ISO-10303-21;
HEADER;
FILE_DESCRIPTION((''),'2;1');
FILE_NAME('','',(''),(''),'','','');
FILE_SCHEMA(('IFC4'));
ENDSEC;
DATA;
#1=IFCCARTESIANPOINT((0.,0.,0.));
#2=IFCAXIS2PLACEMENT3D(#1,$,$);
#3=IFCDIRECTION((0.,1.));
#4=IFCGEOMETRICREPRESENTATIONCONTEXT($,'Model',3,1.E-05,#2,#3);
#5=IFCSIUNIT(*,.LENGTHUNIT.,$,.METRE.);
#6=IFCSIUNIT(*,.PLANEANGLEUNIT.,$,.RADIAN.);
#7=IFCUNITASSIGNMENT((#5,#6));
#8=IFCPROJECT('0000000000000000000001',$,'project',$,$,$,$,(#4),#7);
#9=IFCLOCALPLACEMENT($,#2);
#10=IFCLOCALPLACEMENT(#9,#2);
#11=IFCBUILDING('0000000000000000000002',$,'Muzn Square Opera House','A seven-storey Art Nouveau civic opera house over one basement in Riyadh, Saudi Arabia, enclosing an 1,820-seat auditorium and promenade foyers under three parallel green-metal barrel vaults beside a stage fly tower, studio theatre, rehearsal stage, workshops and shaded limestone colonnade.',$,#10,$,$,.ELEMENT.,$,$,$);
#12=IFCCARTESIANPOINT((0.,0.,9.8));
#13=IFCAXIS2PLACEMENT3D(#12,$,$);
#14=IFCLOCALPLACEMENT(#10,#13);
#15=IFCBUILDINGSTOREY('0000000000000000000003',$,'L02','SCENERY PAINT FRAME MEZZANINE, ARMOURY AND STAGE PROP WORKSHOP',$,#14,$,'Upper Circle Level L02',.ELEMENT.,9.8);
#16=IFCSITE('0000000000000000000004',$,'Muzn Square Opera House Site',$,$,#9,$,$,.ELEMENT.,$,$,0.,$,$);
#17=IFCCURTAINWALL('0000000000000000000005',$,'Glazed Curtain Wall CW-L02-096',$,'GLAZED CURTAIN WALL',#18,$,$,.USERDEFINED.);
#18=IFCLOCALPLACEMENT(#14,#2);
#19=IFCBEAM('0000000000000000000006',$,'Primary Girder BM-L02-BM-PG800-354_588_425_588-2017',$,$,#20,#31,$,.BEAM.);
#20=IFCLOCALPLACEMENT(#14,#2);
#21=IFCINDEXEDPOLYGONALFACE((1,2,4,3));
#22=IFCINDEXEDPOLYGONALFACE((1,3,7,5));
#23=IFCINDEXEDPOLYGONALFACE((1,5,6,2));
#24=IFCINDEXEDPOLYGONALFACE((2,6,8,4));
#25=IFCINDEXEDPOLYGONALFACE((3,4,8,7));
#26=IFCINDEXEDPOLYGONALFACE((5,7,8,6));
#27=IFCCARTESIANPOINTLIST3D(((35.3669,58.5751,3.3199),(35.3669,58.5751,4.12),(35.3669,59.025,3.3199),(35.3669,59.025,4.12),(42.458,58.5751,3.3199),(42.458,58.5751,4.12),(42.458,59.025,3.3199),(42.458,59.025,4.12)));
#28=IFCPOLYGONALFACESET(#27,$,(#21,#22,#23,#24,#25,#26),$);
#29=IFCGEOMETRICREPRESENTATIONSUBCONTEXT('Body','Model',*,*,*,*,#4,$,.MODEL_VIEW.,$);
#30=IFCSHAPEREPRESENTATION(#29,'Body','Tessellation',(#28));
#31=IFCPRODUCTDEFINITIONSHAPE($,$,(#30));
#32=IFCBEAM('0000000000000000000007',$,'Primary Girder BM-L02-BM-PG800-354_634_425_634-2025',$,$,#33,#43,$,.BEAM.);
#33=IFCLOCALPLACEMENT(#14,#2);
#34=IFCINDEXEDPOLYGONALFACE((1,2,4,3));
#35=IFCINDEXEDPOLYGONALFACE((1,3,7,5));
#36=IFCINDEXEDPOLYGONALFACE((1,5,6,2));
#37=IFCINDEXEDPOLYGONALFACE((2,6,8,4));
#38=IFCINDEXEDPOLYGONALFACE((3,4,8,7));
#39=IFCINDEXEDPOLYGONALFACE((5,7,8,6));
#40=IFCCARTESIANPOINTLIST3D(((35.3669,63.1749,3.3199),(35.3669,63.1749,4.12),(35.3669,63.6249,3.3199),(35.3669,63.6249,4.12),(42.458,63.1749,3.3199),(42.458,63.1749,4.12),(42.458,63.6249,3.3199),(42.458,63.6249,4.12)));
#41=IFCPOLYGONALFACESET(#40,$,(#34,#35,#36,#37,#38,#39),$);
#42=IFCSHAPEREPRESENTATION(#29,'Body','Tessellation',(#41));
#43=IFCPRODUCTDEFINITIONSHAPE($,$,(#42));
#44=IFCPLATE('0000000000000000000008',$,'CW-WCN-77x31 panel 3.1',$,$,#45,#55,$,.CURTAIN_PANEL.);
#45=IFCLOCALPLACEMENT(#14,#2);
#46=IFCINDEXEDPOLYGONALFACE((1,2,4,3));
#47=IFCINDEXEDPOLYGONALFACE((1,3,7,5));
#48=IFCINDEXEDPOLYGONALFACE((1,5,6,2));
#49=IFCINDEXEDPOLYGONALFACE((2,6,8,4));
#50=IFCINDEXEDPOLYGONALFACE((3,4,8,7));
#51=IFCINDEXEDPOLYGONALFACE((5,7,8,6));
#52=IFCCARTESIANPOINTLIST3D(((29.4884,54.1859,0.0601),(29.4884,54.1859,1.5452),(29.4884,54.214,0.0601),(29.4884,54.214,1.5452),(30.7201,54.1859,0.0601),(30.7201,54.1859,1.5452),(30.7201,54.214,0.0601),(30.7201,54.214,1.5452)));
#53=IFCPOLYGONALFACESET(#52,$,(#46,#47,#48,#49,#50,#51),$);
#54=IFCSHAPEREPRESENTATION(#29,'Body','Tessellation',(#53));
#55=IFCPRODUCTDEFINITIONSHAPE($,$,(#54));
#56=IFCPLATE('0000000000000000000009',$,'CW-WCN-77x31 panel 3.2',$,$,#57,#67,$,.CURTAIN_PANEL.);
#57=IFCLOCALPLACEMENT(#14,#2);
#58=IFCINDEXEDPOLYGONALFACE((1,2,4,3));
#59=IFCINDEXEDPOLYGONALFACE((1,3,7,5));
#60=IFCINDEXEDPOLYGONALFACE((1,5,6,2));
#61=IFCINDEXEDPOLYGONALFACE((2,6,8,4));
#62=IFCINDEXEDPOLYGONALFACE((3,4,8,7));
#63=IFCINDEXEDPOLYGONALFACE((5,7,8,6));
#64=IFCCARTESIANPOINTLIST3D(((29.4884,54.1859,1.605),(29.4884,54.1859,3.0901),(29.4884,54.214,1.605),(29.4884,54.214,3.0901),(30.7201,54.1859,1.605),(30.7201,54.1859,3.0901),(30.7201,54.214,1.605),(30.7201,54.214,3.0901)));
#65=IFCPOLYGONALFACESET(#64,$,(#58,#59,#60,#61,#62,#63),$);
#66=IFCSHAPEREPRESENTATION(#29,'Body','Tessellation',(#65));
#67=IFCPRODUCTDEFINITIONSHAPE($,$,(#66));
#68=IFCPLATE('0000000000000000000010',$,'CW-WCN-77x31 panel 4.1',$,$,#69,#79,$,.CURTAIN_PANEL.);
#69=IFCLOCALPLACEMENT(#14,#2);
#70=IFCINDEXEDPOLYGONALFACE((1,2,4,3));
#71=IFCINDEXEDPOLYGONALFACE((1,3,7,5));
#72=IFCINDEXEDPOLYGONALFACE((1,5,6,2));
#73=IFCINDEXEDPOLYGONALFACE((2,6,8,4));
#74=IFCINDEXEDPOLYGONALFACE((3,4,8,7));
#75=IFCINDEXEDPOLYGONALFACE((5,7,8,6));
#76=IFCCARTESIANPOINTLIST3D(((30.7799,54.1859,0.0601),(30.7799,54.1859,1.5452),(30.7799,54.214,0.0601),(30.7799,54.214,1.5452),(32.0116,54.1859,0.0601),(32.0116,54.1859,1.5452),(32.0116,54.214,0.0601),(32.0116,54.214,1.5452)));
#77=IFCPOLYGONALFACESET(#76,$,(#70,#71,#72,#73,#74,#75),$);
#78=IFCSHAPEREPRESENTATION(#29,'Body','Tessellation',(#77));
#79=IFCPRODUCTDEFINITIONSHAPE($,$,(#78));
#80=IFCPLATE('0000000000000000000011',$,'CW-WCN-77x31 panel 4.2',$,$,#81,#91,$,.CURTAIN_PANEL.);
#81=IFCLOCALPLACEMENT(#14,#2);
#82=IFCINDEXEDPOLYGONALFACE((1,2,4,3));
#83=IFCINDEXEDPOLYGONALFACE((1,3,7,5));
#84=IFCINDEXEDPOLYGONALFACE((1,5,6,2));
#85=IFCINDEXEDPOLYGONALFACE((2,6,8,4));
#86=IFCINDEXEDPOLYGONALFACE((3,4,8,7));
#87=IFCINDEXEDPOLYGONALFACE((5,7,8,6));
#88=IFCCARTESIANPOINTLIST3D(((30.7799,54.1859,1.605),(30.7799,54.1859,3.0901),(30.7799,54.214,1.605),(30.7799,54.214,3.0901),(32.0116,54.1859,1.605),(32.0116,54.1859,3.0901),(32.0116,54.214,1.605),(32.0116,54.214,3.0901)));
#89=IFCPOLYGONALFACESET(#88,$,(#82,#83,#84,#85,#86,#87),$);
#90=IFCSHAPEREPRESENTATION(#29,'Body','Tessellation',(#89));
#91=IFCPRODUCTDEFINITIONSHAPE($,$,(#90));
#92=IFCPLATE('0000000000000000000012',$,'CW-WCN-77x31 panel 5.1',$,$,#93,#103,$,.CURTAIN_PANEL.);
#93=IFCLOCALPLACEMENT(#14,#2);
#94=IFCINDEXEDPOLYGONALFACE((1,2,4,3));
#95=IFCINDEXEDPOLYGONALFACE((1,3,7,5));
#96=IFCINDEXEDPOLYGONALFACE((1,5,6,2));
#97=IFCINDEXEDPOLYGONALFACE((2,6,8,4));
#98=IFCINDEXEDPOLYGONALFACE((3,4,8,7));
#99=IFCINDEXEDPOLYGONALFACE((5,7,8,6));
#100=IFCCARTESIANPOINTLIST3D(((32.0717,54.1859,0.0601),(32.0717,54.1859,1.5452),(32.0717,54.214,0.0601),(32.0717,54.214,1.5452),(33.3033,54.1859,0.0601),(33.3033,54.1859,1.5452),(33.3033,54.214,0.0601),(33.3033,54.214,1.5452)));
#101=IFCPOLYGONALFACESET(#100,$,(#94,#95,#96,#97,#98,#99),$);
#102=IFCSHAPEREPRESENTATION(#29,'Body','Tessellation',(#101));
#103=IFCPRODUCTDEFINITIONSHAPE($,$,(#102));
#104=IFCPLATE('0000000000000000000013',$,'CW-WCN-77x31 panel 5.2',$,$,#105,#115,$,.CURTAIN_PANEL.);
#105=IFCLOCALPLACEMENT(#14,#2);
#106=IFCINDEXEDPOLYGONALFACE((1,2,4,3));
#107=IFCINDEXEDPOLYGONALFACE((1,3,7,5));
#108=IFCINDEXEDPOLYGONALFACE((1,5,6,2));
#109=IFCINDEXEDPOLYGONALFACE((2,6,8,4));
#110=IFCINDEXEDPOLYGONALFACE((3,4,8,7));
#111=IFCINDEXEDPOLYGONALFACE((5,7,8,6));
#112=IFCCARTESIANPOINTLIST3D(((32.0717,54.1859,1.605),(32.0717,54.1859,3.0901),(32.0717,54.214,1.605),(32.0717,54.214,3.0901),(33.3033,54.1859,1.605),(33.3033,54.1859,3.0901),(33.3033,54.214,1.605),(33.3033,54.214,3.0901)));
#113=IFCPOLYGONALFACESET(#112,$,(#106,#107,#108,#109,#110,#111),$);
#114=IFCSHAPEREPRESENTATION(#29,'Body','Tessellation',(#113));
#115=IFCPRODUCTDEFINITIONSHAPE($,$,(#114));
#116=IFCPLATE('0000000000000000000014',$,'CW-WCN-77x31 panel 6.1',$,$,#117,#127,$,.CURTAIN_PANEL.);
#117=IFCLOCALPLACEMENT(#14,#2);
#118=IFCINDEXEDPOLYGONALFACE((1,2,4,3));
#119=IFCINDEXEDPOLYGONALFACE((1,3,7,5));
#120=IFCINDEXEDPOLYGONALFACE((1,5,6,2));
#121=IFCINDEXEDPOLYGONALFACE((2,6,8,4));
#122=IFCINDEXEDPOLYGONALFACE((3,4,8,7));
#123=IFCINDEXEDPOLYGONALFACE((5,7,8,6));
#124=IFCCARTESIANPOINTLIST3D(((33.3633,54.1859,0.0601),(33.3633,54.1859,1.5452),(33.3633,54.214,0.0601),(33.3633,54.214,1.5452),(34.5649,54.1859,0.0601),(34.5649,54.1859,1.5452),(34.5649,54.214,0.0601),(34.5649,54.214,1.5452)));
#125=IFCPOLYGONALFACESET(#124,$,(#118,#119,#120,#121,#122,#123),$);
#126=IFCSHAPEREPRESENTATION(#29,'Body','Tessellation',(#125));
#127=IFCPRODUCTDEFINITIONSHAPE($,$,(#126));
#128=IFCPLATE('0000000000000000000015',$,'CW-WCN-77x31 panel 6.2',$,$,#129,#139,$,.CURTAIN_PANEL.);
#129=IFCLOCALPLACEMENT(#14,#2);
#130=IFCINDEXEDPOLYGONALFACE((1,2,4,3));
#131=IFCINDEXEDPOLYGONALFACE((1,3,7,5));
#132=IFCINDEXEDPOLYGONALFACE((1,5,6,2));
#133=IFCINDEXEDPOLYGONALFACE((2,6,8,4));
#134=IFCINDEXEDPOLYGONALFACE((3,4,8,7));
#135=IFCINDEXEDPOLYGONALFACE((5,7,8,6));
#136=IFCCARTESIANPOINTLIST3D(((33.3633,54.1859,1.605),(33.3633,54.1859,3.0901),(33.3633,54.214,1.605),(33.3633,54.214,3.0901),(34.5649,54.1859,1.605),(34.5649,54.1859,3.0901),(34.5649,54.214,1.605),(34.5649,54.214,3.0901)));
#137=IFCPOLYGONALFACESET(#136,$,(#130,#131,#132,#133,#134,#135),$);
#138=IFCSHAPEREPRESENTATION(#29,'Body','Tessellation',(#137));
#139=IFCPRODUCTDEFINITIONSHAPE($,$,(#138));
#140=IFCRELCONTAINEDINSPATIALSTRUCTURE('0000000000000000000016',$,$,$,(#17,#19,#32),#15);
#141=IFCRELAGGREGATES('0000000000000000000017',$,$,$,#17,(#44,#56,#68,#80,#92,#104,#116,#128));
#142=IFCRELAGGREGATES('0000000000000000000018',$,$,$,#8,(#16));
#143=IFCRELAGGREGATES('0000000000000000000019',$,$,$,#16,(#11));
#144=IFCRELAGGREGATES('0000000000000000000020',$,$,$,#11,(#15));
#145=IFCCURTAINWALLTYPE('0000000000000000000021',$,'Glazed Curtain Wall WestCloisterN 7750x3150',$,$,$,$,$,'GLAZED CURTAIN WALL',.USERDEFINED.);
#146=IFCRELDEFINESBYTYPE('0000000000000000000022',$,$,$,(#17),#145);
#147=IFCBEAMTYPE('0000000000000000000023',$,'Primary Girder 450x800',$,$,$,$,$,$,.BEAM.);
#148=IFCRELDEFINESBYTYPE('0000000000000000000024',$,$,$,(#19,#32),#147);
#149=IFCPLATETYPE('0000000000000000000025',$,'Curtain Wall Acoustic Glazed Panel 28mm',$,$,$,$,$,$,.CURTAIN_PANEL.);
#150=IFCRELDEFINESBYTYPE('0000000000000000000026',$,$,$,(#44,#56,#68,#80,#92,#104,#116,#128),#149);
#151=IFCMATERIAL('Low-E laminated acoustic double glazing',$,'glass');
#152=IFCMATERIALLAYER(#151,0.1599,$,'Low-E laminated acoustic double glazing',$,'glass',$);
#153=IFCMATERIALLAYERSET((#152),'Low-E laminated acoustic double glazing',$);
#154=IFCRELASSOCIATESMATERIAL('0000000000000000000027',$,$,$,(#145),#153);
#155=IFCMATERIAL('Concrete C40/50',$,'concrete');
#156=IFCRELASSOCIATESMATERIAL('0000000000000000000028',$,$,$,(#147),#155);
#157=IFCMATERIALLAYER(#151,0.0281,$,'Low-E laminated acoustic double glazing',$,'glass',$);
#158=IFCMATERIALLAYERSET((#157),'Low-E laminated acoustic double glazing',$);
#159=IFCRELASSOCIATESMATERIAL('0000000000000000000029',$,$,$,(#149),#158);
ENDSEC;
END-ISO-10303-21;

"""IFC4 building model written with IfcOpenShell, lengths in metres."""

from ifc_helpers import new_model, si_unit, direction, frame, origin, origin_2d, place, context, subcontext, project, spatial, rectangle, extrude, material, layer, layer_set, material_profile, profile_set, type_object, element, aggregate, save


model = new_model("IFC4")

# Units and contexts
model_context = context("Model", 3, precision=1e-05, world=origin(), true_north=direction((0.0, 1.0)))
body_context = subcontext(model_context, "Body", "Model", "MODEL_VIEW")
ifc_project = project(units=[si_unit("LENGTHUNIT", "METRE"), si_unit("PLANEANGLEUNIT", "RADIAN")], contexts=[model_context])

# Site, building, storey
site_placement = place(None, origin())
site = spatial("IfcSite", under=ifc_project, at=site_placement, Name="Muzn Square Opera House Site", CompositionType="ELEMENT", RefElevation=0.0)
building_placement = place(site_placement, origin())
building = spatial("IfcBuilding", under=site, at=building_placement, Name="Muzn Square Opera House", Description="A seven-storey Art Nouveau civic opera house over one basement in Riyadh, Saudi Arabia, enclosing an 1,820-seat auditorium and promenade foyers under three parallel green-metal barrel vaults beside a stage fly tower, studio theatre, rehearsal stage, workshops and shaded limestone colonnade.", CompositionType="ELEMENT")
storey_placement = place(building_placement, frame((0.0, 0.0, 9.8)))
storey = spatial("IfcBuildingStorey", under=building, at=storey_placement, Name="L02", Description="SCENERY PAINT FRAME MEZZANINE, ARMOURY AND STAGE PROP WORKSHOP", LongName="Upper Circle Level L02", CompositionType="ELEMENT", Elevation=9.8)

# Curtain wall
ifc_material_1 = material(Name="Low-E laminated acoustic double glazing", Category="glass")
ifc_layer_1 = layer(ifc_material_1, 0.1599, Name="Low-E laminated acoustic double glazing", Category="glass")
ifc_layer_set_1 = layer_set([ifc_layer_1], Name="Low-E laminated acoustic double glazing")
curtain_wall_type = type_object("IfcCurtainWallType", Name="Glazed Curtain Wall WestCloisterN 7750x3150", ElementType="GLAZED CURTAIN WALL", PredefinedType="USERDEFINED", material=ifc_layer_set_1)
curtain_wall_placement = place(storey_placement, origin())
curtain_wall = element("IfcCurtainWall", 1, at=curtain_wall_placement, inside=storey, type_object=curtain_wall_type, Name="Glazed Curtain Wall CW-L02-096", ObjectType="GLAZED CURTAIN WALL", PredefinedType="USERDEFINED")

# Beams
ifc_material_2 = material(Name="Concrete C40/50", Category="concrete")
ifc_material_profile_1 = material_profile(ifc_material_2, rectangle(XDim=0.45, YDim=0.8, at=origin_2d()), Name="RCB 450x800", Category="concrete")
ifc_profile_set_1 = profile_set([ifc_material_profile_1], Name="Concrete C40/50")
beam_type_1 = type_object("IfcBeamType", Name="Primary Girder 450x800", PredefinedType="BEAM", material=ifc_profile_set_1)
for number, where, z_axis, x_axis, name in (
    (2, (35.3669, 58.8, 3.72), (1.0, 0.0, 0.0), (0.0, 1.0, 0.0), "Primary Girder BM-L02-BM-PG800-354_588_425_588-2017"),
    (3, (35.3669, 63.3999, 3.72), (1.0, 0.0, 0.0), (0.0, 1.0, 0.0), "Primary Girder BM-L02-BM-PG800-354_634_425_634-2025"),
):
    element("IfcBeam", number, at=place(storey_placement, frame(where, z_axis=z_axis, x_axis=x_axis)), inside=storey, type_object=beam_type_1, Name=name, PredefinedType="BEAM", context=body_context, shape_type="SweptSolid", body=[
        extrude(rectangle(XDim=0.45, YDim=0.8, at=origin_2d()), origin(), (0.0, 0.0, 1.0), 7.0911),
    ])

# Plates
ifc_layer_2 = layer(ifc_material_1, 0.0281, Name="Low-E laminated acoustic double glazing", Category="glass")
ifc_layer_set_2 = layer_set([ifc_layer_2], Name="Low-E laminated acoustic double glazing")
plate_type = type_object("IfcPlateType", Name="Curtain Wall Acoustic Glazed Panel 28mm", PredefinedType="CURTAIN_PANEL", material=ifc_layer_set_2)
plate_1_placement = place(storey_placement, frame((30.1042, 54.2, 0.0601), z_axis=(0.0, 0.0, 1.0), x_axis=(1.0, 0.0, 0.0)))
plate_1 = element("IfcPlate", 4, at=plate_1_placement, type_object=plate_type, Name="CW-WCN-77x31 panel 3.1", PredefinedType="CURTAIN_PANEL", context=body_context, shape_type="SweptSolid", body=[
    extrude(rectangle(XDim=1.2317, YDim=0.0281, at=origin_2d()), origin(), (0.0, 0.0, 1.0), 1.4851),
])
plate_2_placement = place(storey_placement, frame((30.1042, 54.2, 1.605), z_axis=(0.0, 0.0, 1.0), x_axis=(1.0, 0.0, 0.0)))
plate_2 = element("IfcPlate", 5, at=plate_2_placement, type_object=plate_type, Name="CW-WCN-77x31 panel 3.2", PredefinedType="CURTAIN_PANEL", context=body_context, shape_type="SweptSolid", body=[
    extrude(rectangle(XDim=1.2317, YDim=0.0281, at=origin_2d()), origin(), (0.0, 0.0, 1.0), 1.4851),
])
plate_3_placement = place(storey_placement, frame((31.3958, 54.2, 0.0601), z_axis=(0.0, 0.0, 1.0), x_axis=(1.0, 0.0, 0.0)))
plate_3 = element("IfcPlate", 6, at=plate_3_placement, type_object=plate_type, Name="CW-WCN-77x31 panel 4.1", PredefinedType="CURTAIN_PANEL", context=body_context, shape_type="SweptSolid", body=[
    extrude(rectangle(XDim=1.2317, YDim=0.0281, at=origin_2d()), origin(), (0.0, 0.0, 1.0), 1.4851),
])
plate_4_placement = place(storey_placement, frame((31.3958, 54.2, 1.605), z_axis=(0.0, 0.0, 1.0), x_axis=(1.0, 0.0, 0.0)))
plate_4 = element("IfcPlate", 7, at=plate_4_placement, type_object=plate_type, Name="CW-WCN-77x31 panel 4.2", PredefinedType="CURTAIN_PANEL", context=body_context, shape_type="SweptSolid", body=[
    extrude(rectangle(XDim=1.2317, YDim=0.0281, at=origin_2d()), origin(), (0.0, 0.0, 1.0), 1.4851),
])
plate_5_placement = place(storey_placement, frame((32.6875, 54.2, 0.0601), z_axis=(0.0, 0.0, 1.0), x_axis=(1.0, 0.0, 0.0)))
plate_5 = element("IfcPlate", 8, at=plate_5_placement, type_object=plate_type, Name="CW-WCN-77x31 panel 5.1", PredefinedType="CURTAIN_PANEL", context=body_context, shape_type="SweptSolid", body=[
    extrude(rectangle(XDim=1.2317, YDim=0.0281, at=origin_2d()), origin(), (0.0, 0.0, 1.0), 1.4851),
])
plate_6_placement = place(storey_placement, frame((32.6875, 54.2, 1.605), z_axis=(0.0, 0.0, 1.0), x_axis=(1.0, 0.0, 0.0)))
plate_6 = element("IfcPlate", 9, at=plate_6_placement, type_object=plate_type, Name="CW-WCN-77x31 panel 5.2", PredefinedType="CURTAIN_PANEL", context=body_context, shape_type="SweptSolid", body=[
    extrude(rectangle(XDim=1.2317, YDim=0.0281, at=origin_2d()), origin(), (0.0, 0.0, 1.0), 1.4851),
])
plate_7_placement = place(storey_placement, frame((33.9641, 54.2, 0.0601), z_axis=(0.0, 0.0, 1.0), x_axis=(1.0, 0.0, 0.0)))
plate_7 = element("IfcPlate", 10, at=plate_7_placement, type_object=plate_type, Name="CW-WCN-77x31 panel 6.1", PredefinedType="CURTAIN_PANEL", context=body_context, shape_type="SweptSolid", body=[
    extrude(rectangle(XDim=1.2017, YDim=0.0281, at=origin_2d()), origin(), (0.0, 0.0, 1.0), 1.4851),
])
plate_8_placement = place(storey_placement, frame((33.9641, 54.2, 1.605), z_axis=(0.0, 0.0, 1.0), x_axis=(1.0, 0.0, 0.0)))
plate_8 = element("IfcPlate", 11, at=plate_8_placement, type_object=plate_type, Name="CW-WCN-77x31 panel 6.2", PredefinedType="CURTAIN_PANEL", context=body_context, shape_type="SweptSolid", body=[
    extrude(rectangle(XDim=1.2017, YDim=0.0281, at=origin_2d()), origin(), (0.0, 0.0, 1.0), 1.4851),
])
aggregate(curtain_wall, [plate_1, plate_2, plate_3, plate_4, plate_5, plate_6, plate_7, plate_8])

save(model, "model.ifc")
